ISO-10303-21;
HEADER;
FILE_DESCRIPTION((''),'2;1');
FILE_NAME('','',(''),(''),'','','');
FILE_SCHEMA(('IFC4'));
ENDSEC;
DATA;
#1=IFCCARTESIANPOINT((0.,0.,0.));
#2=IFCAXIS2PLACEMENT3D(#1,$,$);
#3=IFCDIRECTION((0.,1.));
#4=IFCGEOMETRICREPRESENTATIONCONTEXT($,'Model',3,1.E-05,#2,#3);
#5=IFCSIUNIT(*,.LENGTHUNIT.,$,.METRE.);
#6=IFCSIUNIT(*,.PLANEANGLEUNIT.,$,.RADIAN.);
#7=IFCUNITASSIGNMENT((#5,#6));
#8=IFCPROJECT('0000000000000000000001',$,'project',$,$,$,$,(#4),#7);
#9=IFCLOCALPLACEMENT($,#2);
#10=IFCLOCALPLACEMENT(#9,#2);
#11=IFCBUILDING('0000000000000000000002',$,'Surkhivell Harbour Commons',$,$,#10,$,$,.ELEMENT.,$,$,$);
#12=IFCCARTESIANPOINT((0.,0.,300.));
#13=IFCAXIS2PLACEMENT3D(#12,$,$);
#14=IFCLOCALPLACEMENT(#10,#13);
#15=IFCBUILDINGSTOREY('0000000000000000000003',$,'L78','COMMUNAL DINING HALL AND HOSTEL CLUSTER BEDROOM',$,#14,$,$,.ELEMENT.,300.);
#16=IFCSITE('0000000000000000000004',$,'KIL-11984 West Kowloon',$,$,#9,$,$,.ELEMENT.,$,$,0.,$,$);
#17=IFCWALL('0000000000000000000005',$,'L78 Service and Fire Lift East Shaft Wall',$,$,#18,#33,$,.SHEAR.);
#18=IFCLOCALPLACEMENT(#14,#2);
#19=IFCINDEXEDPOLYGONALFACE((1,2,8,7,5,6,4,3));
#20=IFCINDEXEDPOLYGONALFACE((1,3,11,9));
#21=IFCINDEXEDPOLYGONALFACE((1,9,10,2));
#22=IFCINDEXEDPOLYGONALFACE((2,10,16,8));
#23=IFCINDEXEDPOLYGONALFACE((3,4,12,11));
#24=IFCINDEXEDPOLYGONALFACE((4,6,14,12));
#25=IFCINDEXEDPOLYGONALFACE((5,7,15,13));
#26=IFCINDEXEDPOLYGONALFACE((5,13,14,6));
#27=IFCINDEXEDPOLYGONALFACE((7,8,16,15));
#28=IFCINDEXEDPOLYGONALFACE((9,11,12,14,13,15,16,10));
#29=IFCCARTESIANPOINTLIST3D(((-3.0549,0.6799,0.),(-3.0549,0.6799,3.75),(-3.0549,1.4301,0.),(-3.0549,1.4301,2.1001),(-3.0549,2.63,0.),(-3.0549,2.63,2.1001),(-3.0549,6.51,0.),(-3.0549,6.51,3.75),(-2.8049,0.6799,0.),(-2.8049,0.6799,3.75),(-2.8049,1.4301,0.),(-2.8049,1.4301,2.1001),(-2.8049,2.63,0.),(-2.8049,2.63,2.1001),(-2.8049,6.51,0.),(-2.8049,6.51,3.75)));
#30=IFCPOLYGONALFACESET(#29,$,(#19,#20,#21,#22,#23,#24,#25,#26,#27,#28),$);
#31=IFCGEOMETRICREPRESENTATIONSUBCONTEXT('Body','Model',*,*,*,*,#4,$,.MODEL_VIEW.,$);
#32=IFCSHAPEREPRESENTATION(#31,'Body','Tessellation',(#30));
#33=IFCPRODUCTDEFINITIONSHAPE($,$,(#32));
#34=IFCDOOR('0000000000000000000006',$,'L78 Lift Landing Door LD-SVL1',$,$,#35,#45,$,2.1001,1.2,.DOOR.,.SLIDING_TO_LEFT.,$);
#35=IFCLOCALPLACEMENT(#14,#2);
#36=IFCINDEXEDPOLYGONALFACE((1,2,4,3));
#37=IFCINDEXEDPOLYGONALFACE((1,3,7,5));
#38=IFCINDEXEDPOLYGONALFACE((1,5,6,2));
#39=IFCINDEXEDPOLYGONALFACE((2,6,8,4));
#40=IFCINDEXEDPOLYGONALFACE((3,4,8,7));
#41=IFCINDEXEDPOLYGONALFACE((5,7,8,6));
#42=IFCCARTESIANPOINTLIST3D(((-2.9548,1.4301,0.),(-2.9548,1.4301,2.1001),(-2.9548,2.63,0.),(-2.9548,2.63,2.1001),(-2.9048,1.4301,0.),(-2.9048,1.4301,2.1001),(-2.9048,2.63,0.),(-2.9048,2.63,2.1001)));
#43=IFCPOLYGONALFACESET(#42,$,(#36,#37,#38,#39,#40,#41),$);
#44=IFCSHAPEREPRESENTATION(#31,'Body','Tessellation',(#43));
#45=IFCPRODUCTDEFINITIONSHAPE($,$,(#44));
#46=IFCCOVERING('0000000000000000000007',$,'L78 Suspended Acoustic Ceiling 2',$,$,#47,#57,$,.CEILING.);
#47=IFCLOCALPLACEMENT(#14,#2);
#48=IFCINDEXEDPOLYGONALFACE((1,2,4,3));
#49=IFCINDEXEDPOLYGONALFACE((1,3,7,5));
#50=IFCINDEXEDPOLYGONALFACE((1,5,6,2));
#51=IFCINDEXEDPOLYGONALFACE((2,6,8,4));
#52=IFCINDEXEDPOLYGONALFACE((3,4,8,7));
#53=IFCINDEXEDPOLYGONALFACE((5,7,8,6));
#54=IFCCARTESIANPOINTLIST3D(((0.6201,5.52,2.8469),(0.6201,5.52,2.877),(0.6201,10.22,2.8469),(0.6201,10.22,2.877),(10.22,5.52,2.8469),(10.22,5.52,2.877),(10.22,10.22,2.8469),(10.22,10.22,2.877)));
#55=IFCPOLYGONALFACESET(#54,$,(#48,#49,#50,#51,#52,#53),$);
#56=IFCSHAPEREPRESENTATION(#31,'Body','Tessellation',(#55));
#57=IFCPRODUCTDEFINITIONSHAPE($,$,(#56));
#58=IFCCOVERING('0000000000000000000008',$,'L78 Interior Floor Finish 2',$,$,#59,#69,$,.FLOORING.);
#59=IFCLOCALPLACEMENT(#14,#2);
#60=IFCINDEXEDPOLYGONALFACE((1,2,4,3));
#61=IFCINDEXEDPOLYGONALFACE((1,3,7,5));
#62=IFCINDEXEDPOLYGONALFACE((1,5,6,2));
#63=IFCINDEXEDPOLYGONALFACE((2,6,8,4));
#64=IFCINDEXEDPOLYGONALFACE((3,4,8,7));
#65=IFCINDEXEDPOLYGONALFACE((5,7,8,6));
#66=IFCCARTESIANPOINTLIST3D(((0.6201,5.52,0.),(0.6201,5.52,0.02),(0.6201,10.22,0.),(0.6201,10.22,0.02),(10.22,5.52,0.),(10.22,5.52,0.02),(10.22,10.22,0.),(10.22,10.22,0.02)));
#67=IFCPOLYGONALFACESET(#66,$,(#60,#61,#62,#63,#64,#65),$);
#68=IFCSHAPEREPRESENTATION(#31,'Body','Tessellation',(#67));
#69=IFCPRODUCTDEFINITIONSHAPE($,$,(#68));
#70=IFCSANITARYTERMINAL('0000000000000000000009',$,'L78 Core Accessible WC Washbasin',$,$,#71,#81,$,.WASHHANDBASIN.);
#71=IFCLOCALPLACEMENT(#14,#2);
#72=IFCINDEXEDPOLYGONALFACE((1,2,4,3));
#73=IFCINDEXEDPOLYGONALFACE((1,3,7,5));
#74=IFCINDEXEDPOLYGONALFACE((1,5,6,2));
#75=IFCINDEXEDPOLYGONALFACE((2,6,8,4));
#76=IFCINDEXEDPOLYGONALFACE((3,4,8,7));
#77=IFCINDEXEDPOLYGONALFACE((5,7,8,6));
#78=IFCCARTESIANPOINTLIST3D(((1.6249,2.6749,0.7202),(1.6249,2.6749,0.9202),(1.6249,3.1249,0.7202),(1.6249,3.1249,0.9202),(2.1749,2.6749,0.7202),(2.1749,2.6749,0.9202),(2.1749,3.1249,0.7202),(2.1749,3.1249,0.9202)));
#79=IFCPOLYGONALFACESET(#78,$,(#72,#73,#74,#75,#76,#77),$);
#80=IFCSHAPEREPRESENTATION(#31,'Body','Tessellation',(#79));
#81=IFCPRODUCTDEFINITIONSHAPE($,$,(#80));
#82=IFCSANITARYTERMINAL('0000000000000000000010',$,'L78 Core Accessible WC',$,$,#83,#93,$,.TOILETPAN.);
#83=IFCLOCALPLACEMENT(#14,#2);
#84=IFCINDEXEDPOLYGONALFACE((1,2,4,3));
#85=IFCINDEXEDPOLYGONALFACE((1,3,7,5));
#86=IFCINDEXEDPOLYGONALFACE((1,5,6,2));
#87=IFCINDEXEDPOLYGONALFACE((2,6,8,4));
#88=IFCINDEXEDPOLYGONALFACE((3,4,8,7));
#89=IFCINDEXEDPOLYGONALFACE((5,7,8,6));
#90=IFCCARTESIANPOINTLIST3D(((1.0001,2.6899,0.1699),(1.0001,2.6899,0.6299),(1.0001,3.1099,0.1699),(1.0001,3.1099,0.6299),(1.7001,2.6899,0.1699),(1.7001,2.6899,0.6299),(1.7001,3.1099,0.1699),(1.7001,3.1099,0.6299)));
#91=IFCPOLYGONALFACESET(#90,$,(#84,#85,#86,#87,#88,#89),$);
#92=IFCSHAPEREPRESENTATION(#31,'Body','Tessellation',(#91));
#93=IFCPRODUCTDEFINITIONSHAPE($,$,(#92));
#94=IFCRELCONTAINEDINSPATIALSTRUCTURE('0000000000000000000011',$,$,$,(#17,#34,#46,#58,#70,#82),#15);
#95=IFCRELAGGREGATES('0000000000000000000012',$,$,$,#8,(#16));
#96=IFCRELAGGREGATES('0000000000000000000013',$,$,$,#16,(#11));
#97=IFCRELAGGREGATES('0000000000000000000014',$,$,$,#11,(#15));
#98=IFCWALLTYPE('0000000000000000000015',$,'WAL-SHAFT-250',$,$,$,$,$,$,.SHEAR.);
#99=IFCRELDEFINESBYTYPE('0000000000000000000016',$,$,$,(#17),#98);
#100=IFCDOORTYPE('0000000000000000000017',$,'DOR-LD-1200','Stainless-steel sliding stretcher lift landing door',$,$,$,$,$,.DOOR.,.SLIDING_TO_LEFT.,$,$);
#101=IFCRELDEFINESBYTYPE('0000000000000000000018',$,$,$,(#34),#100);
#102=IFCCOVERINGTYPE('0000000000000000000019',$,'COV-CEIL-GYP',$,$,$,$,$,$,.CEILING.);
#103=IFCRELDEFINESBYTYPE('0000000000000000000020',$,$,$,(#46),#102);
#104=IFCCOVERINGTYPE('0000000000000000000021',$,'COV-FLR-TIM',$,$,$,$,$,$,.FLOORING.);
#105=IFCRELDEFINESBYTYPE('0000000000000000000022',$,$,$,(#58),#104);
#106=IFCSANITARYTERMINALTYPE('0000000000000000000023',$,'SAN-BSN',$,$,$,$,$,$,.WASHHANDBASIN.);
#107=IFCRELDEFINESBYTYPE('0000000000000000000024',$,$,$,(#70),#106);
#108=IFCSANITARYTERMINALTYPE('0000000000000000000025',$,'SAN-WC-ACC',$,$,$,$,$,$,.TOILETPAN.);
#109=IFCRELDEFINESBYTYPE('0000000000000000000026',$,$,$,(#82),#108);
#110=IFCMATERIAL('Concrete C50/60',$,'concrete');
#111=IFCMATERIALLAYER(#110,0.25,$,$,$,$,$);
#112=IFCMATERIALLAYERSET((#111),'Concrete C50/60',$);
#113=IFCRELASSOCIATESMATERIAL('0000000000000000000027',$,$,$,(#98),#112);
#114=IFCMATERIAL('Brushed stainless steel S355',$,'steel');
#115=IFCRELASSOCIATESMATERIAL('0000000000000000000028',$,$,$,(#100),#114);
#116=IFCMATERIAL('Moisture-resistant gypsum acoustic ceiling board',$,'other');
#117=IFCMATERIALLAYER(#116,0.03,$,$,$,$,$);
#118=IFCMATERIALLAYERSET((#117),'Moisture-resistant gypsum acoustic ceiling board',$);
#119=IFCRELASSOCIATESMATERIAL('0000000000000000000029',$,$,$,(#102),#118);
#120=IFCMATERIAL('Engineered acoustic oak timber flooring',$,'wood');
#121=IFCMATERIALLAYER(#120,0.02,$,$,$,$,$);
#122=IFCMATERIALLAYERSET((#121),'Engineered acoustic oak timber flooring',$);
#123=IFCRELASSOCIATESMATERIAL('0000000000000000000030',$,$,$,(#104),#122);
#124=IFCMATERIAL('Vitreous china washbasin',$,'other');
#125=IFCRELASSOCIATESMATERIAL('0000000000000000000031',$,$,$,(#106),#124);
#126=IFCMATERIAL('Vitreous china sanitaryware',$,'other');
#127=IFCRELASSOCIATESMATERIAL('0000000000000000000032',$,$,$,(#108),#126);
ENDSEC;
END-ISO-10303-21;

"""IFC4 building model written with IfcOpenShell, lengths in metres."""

from ifc_helpers import new_model, si_unit, direction, frame, frame_2d, origin, origin_2d, place, context, subcontext, project, spatial, polyline, rectangle, outline, extrude, material, layer, layer_set, type_object, element, fill, save


model = new_model("IFC4")

# Units and contexts
model_context = context("Model", 3, precision=1e-05, world=origin(), true_north=direction((0.0, 1.0)))
body_context = subcontext(model_context, "Body", "Model", "MODEL_VIEW")
ifc_project = project(units=[si_unit("LENGTHUNIT", "METRE"), si_unit("PLANEANGLEUNIT", "RADIAN")], contexts=[model_context])

# Site, building, storey
site_placement = place(None, origin())
site = spatial("IfcSite", under=ifc_project, at=site_placement, Name="KIL-11984 West Kowloon", CompositionType="ELEMENT", RefElevation=0.0)
building_placement = place(site_placement, origin())
building = spatial("IfcBuilding", under=site, at=building_placement, Name="Surkhivell Harbour Commons", CompositionType="ELEMENT")
storey_placement = place(building_placement, frame((0.0, 0.0, 300.0)))
storey = spatial("IfcBuildingStorey", under=building, at=storey_placement, Name="L78", Description="COMMUNAL DINING HALL AND HOSTEL CLUSTER BEDROOM", CompositionType="ELEMENT", Elevation=300.0)

# Shared definitions
ifc_material_1 = material(Name="Concrete C50/60", Category="concrete")

# Shared definitions
ifc_layer_1 = layer(ifc_material_1, 0.25)
ifc_layer_set_1 = layer_set([ifc_layer_1], Name="Concrete C50/60")
wall_type_1 = type_object("IfcWallType", Name="WAL-SHAFT-250", PredefinedType="SHEAR", material=ifc_layer_set_1)

# Wall, opening, door
wall_1_placement = place(storey_placement, frame((-2.9299, 0.6799, 0.0), z_axis=(0.0, 0.0, 1.0), x_axis=(0.0, 1.0, 0.0)))
wall_1 = element("IfcWall", 1, at=wall_1_placement, inside=storey, type_object=wall_type_1, Name="L78 Service and Fire Lift East Shaft Wall", PredefinedType="SHEAR", context=body_context, shape_type="SweptSolid", body=[
    extrude(rectangle(XDim=5.8301, YDim=0.25, at=frame_2d((2.915, 0.0))), origin(), (0.0, 0.0, 1.0), 3.75),
])
opening_1_placement = place(wall_1_placement, frame((0.75, 0.0, 0.0)))
opening_1 = element("IfcOpeningElement", 2, at=opening_1_placement, cuts=wall_1, PredefinedType="OPENING", context=body_context, shape_type="SweptSolid", body=[
    extrude(rectangle(XDim=1.2, YDim=2.1001, at=frame_2d((0.6001, 1.05))), frame((0.0, 0.135, 0.0), z_axis=(0.0, -1.0, 0.0), x_axis=(1.0, 0.0, 0.0)), (0.0, 0.0, 1.0), 0.27),
])
ifc_material_2 = material(Name="Brushed stainless steel S355", Category="steel")
door_type_1 = type_object("IfcDoorType", Name="DOR-LD-1200", Description="Stainless-steel sliding stretcher lift landing door", OperationType="SLIDING_TO_LEFT", PredefinedType="DOOR", material=ifc_material_2)
door_1_placement = place(opening_1_placement, origin())
door_1 = element("IfcDoor", 3, at=door_1_placement, inside=storey, type_object=door_type_1, Name="L78 Lift Landing Door LD-SVL1", OperationType="SLIDING_TO_LEFT", OverallHeight=2.1001, OverallWidth=1.2, PredefinedType="DOOR", context=body_context, shape_type="SweptSolid", body=[
    extrude(rectangle(XDim=1.2, YDim=2.1001, at=frame_2d((0.6001, 1.05))), frame((0.0, 0.0249, 0.0), z_axis=(0.0, -1.0, 0.0), x_axis=(1.0, 0.0, 0.0)), (0.0, 0.0, 1.0), 0.05),
])
fill(opening_1, door_1)

# Coverings
ifc_material_3 = material(Name="Moisture-resistant gypsum acoustic ceiling board", Category="other")
ifc_layer_2 = layer(ifc_material_3, 0.03)
ifc_layer_set_2 = layer_set([ifc_layer_2], Name="Moisture-resistant gypsum acoustic ceiling board")
covering_type_1 = type_object("IfcCoveringType", Name="COV-CEIL-GYP", PredefinedType="CEILING", material=ifc_layer_set_2)
covering_1_placement = place(storey_placement, frame((0.0, 0.0, 2.8469)))
element("IfcCovering", 4, at=covering_1_placement, inside=storey, type_object=covering_type_1, Name="L78 Suspended Acoustic Ceiling 2", PredefinedType="CEILING", context=body_context, shape_type="SweptSolid", body=[
    extrude(outline(polyline([(0.6201, 5.52), (10.22, 5.52), (10.22, 10.22), (0.6201, 10.22), (0.6201, 5.52)])), origin(), (0.0, 0.0, 1.0), 0.03),
])
ifc_material_4 = material(Name="Engineered acoustic oak timber flooring", Category="wood")
ifc_layer_3 = layer(ifc_material_4, 0.02)
ifc_layer_set_3 = layer_set([ifc_layer_3], Name="Engineered acoustic oak timber flooring")
covering_type_2 = type_object("IfcCoveringType", Name="COV-FLR-TIM", PredefinedType="FLOORING", material=ifc_layer_set_3)
covering_2_placement = place(storey_placement, origin())
element("IfcCovering", 5, at=covering_2_placement, inside=storey, type_object=covering_type_2, Name="L78 Interior Floor Finish 2", PredefinedType="FLOORING", context=body_context, shape_type="SweptSolid", body=[
    extrude(outline(polyline([(0.6201, 5.52), (10.22, 5.52), (10.22, 10.22), (0.6201, 10.22), (0.6201, 5.52)])), origin(), (0.0, 0.0, 1.0), 0.02),
])

# Sanitary terminals
ifc_material_5 = material(Name="Vitreous china washbasin", Category="other")
sanitary_terminal_type_1 = type_object("IfcSanitaryTerminalType", Name="SAN-BSN", PredefinedType="WASHHANDBASIN", material=ifc_material_5)
sanitary_terminal_1_placement = place(storey_placement, frame((1.8999, 2.8999, 0.7202), z_axis=(0.0, 0.0, 1.0), x_axis=(1.0, 0.0, 0.0)))
element("IfcSanitaryTerminal", 6, at=sanitary_terminal_1_placement, inside=storey, type_object=sanitary_terminal_type_1, Name="L78 Core Accessible WC Washbasin", PredefinedType="WASHHANDBASIN", context=body_context, shape_type="SweptSolid", body=[
    extrude(rectangle(XDim=0.55, YDim=0.45, at=origin_2d()), origin(), (0.0, 0.0, 1.0), 0.2),
])
ifc_material_6 = material(Name="Vitreous china sanitaryware", Category="other")
sanitary_terminal_type_2 = type_object("IfcSanitaryTerminalType", Name="SAN-WC-ACC", PredefinedType="TOILETPAN", material=ifc_material_6)
sanitary_terminal_2_placement = place(storey_placement, frame((1.3501, 2.8999, 0.1699), z_axis=(0.0, 0.0, 1.0), x_axis=(1.0, 0.0, 0.0)))
element("IfcSanitaryTerminal", 7, at=sanitary_terminal_2_placement, inside=storey, type_object=sanitary_terminal_type_2, Name="L78 Core Accessible WC", PredefinedType="TOILETPAN", context=body_context, shape_type="SweptSolid", body=[
    extrude(rectangle(XDim=0.7, YDim=0.4199, at=origin_2d()), origin(), (0.0, 0.0, 1.0), 0.46),
])

save(model, "model.ifc")
